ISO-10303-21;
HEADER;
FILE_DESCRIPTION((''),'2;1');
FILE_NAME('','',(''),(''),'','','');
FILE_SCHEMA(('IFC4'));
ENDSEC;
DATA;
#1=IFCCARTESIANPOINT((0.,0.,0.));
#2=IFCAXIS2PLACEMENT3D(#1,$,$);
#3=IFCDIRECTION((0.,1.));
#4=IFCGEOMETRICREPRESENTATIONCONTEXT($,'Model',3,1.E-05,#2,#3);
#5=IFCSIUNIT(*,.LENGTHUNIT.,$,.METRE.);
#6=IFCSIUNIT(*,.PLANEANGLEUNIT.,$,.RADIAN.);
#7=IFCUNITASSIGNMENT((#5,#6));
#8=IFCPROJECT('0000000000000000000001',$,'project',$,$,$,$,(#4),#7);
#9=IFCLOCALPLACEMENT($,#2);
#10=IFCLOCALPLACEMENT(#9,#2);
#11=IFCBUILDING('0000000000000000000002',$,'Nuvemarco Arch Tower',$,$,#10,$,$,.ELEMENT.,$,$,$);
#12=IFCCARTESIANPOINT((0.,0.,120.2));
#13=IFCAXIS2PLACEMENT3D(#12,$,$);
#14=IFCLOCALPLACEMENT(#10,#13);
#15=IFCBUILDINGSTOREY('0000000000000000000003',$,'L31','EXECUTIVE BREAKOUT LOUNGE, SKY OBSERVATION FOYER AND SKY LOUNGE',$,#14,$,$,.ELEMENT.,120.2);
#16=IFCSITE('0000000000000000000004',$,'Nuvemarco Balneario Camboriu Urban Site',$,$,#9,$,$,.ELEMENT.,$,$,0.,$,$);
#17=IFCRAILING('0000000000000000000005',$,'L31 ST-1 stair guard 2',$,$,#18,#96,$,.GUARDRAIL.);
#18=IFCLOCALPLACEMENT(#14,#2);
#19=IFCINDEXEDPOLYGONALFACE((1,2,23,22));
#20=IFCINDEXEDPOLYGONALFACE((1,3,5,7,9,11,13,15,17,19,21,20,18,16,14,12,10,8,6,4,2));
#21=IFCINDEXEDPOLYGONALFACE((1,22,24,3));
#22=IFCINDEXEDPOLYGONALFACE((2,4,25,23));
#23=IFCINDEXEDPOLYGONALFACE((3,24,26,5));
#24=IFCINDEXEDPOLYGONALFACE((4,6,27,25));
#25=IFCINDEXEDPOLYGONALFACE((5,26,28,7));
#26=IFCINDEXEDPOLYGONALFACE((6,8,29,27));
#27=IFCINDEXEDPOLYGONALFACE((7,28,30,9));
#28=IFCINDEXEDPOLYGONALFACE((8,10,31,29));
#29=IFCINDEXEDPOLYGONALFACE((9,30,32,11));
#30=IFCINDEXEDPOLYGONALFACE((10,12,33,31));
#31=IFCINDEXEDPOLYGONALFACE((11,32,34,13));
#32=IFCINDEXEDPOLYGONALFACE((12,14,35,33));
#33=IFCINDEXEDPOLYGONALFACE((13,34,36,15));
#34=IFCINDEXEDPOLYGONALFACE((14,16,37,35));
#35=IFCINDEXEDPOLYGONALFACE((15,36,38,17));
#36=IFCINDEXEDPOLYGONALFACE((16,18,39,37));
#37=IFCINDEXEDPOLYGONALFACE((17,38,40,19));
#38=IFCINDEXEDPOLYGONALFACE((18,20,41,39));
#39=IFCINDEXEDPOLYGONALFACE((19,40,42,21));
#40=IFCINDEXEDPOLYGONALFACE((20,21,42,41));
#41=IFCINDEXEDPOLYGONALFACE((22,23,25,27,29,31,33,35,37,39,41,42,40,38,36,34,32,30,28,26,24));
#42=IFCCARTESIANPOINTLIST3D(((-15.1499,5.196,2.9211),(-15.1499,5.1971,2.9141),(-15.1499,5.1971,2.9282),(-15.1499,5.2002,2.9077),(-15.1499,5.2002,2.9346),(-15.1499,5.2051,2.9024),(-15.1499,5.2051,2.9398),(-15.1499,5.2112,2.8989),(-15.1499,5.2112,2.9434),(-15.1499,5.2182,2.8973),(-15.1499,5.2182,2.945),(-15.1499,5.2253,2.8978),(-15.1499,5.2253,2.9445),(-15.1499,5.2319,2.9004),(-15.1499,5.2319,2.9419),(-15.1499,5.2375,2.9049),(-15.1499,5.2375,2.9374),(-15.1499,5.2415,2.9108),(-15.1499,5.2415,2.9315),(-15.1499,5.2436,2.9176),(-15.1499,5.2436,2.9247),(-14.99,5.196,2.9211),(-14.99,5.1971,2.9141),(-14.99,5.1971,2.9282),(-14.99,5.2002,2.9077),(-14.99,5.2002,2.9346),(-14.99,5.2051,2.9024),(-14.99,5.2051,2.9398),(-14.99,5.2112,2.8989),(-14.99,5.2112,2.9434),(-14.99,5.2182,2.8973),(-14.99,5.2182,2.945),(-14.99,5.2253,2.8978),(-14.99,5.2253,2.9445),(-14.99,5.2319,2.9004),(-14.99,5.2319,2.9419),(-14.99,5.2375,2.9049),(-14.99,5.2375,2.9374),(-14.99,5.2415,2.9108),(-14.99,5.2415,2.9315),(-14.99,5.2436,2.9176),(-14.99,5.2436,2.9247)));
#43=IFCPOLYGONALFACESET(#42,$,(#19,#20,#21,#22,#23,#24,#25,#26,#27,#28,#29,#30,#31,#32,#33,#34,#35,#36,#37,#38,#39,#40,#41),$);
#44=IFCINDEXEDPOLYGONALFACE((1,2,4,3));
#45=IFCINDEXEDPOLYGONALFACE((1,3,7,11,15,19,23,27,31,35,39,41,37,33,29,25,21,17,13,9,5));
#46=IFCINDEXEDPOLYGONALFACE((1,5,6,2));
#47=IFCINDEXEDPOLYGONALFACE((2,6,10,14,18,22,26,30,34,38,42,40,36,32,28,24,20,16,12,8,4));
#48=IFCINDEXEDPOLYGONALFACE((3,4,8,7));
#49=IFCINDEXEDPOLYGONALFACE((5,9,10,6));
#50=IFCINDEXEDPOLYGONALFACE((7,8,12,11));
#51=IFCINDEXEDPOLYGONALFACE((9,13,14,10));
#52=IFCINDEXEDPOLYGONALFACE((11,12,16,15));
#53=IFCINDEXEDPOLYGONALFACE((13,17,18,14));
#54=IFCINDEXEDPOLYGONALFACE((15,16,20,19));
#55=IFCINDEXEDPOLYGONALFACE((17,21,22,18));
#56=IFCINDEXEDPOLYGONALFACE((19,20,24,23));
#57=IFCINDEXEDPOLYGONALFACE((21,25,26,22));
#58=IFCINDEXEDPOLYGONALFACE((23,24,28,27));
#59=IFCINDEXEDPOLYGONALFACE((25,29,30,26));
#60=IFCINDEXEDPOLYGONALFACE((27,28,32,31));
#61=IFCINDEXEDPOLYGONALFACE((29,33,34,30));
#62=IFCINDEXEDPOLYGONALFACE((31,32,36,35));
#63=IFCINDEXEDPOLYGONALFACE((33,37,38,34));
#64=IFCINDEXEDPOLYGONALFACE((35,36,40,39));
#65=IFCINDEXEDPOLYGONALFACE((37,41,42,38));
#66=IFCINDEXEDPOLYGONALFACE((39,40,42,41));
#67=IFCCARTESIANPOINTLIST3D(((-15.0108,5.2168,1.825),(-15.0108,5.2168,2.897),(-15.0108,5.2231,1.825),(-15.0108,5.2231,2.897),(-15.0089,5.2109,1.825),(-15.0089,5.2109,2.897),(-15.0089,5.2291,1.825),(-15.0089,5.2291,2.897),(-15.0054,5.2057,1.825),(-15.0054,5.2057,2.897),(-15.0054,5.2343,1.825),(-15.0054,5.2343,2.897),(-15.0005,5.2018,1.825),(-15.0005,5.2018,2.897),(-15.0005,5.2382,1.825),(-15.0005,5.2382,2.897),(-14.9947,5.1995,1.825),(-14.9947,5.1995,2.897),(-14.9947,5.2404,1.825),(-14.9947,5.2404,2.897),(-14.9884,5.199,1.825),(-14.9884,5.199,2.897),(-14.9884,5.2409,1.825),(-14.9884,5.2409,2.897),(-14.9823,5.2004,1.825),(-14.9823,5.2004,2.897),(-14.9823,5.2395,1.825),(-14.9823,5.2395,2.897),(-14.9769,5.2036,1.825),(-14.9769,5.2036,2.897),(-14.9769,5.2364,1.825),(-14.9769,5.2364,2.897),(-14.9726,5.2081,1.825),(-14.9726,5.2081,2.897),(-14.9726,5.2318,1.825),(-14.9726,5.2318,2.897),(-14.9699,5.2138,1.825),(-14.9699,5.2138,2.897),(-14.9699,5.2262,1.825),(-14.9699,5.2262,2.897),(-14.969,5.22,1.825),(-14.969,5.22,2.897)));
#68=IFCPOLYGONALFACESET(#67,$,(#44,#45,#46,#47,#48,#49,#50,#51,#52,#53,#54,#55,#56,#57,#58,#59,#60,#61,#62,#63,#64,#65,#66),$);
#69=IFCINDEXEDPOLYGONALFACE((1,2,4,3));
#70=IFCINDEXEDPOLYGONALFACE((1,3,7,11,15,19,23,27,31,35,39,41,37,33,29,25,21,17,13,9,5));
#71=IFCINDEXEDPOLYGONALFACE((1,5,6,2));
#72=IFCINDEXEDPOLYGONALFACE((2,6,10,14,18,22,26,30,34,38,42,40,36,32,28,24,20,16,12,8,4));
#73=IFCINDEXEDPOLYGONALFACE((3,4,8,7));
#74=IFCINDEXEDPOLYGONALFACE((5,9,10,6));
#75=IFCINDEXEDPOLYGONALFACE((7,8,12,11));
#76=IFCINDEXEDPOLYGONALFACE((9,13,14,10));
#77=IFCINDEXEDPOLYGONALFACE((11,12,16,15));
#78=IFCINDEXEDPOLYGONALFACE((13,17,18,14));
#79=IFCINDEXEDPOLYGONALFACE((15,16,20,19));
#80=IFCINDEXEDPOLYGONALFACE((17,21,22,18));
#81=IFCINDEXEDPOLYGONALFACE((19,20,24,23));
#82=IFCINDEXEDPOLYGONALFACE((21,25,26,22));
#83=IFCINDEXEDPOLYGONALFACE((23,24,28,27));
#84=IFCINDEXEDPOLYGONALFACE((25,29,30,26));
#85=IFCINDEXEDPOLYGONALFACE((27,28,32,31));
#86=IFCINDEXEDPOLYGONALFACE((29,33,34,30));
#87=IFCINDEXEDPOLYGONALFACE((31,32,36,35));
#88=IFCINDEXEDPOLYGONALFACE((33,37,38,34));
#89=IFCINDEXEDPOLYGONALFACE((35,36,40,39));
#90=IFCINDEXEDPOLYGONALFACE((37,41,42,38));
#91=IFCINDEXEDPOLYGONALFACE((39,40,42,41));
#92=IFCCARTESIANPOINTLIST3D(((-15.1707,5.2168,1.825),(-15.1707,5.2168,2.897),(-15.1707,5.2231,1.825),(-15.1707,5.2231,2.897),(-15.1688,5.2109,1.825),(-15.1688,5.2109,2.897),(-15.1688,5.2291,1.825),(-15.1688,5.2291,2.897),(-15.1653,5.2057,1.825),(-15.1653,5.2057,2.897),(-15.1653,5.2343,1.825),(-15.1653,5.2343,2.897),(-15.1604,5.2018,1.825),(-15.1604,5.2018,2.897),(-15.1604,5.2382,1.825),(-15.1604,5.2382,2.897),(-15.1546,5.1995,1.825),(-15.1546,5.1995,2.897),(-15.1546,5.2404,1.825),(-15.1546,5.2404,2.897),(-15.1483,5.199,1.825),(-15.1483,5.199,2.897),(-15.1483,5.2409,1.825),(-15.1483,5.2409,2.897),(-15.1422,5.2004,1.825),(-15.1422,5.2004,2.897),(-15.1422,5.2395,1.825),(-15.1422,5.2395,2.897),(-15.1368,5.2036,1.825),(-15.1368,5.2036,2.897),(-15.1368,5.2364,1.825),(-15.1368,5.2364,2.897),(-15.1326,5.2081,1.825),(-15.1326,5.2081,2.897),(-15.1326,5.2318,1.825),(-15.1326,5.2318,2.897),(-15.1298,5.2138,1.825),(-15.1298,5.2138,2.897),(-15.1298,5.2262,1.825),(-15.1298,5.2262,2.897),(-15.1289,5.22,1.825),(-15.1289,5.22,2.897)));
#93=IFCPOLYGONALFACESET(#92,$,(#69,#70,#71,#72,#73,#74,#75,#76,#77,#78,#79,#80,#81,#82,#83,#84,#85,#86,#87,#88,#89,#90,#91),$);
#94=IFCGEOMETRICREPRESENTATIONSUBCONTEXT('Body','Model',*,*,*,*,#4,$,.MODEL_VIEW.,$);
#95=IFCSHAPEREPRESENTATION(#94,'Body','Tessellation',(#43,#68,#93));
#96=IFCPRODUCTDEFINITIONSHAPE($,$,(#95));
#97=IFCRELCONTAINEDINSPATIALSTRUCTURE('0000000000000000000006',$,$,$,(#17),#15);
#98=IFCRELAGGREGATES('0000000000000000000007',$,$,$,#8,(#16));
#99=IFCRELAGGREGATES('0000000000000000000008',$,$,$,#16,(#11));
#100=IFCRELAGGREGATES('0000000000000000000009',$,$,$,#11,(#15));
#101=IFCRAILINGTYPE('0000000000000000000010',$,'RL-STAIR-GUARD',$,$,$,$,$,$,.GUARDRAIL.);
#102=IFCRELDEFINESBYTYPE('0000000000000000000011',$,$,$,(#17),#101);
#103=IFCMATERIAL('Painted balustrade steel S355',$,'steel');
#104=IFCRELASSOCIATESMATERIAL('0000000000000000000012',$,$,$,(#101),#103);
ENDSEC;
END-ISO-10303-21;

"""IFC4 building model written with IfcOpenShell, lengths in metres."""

from ifc_helpers import new_model, si_unit, direction, frame, origin, origin_2d, place, context, subcontext, project, spatial, circle, extrude, material, type_object, element, save


model = new_model("IFC4")

# Units and contexts
model_context = context("Model", 3, precision=1e-05, world=origin(), true_north=direction((0.0, 1.0)))
body_context = subcontext(model_context, "Body", "Model", "MODEL_VIEW")
ifc_project = project(units=[si_unit("LENGTHUNIT", "METRE"), si_unit("PLANEANGLEUNIT", "RADIAN")], contexts=[model_context])

# Site, building, storey
site_placement = place(None, origin())
site = spatial("IfcSite", under=ifc_project, at=site_placement, Name="Nuvemarco Balneario Camboriu Urban Site", CompositionType="ELEMENT", RefElevation=0.0)
building_placement = place(site_placement, origin())
building = spatial("IfcBuilding", under=site, at=building_placement, Name="Nuvemarco Arch Tower", CompositionType="ELEMENT")
storey_placement = place(building_placement, frame((0.0, 0.0, 120.2)))
storey = spatial("IfcBuildingStorey", under=building, at=storey_placement, Name="L31", Description="EXECUTIVE BREAKOUT LOUNGE, SKY OBSERVATION FOYER AND SKY LOUNGE", CompositionType="ELEMENT", Elevation=120.2)

# Railing
ifc_material_1 = material(Name="Painted balustrade steel S355", Category="steel")
railing_type = type_object("IfcRailingType", Name="RL-STAIR-GUARD", PredefinedType="GUARDRAIL", material=ifc_material_1)
railing_placement = place(storey_placement, frame((-14.99, 5.22, 1.825)))
element("IfcRailing", 1, at=railing_placement, inside=storey, type_object=railing_type, Name="L31 ST-1 stair guard 2", PredefinedType="GUARDRAIL", context=body_context, shape_type="SweptSolid", body=[
    extrude(circle(Radius=0.0239, at=origin_2d()), frame((0.0, 0.0, 1.0962), z_axis=(-1.0, 0.0, 0.0), x_axis=(0.0, -1.0, 0.0)), (0.0, 0.0, 1.0), 0.1599),
    extrude(circle(Radius=0.021, at=origin_2d()), origin(), (0.0, 0.0, 1.0), 1.072),
    extrude(circle(Radius=0.021, at=origin_2d()), frame((-0.1599, 0.0, 0.0)), (0.0, 0.0, 1.0), 1.072),
])

save(model, "model.ifc")
